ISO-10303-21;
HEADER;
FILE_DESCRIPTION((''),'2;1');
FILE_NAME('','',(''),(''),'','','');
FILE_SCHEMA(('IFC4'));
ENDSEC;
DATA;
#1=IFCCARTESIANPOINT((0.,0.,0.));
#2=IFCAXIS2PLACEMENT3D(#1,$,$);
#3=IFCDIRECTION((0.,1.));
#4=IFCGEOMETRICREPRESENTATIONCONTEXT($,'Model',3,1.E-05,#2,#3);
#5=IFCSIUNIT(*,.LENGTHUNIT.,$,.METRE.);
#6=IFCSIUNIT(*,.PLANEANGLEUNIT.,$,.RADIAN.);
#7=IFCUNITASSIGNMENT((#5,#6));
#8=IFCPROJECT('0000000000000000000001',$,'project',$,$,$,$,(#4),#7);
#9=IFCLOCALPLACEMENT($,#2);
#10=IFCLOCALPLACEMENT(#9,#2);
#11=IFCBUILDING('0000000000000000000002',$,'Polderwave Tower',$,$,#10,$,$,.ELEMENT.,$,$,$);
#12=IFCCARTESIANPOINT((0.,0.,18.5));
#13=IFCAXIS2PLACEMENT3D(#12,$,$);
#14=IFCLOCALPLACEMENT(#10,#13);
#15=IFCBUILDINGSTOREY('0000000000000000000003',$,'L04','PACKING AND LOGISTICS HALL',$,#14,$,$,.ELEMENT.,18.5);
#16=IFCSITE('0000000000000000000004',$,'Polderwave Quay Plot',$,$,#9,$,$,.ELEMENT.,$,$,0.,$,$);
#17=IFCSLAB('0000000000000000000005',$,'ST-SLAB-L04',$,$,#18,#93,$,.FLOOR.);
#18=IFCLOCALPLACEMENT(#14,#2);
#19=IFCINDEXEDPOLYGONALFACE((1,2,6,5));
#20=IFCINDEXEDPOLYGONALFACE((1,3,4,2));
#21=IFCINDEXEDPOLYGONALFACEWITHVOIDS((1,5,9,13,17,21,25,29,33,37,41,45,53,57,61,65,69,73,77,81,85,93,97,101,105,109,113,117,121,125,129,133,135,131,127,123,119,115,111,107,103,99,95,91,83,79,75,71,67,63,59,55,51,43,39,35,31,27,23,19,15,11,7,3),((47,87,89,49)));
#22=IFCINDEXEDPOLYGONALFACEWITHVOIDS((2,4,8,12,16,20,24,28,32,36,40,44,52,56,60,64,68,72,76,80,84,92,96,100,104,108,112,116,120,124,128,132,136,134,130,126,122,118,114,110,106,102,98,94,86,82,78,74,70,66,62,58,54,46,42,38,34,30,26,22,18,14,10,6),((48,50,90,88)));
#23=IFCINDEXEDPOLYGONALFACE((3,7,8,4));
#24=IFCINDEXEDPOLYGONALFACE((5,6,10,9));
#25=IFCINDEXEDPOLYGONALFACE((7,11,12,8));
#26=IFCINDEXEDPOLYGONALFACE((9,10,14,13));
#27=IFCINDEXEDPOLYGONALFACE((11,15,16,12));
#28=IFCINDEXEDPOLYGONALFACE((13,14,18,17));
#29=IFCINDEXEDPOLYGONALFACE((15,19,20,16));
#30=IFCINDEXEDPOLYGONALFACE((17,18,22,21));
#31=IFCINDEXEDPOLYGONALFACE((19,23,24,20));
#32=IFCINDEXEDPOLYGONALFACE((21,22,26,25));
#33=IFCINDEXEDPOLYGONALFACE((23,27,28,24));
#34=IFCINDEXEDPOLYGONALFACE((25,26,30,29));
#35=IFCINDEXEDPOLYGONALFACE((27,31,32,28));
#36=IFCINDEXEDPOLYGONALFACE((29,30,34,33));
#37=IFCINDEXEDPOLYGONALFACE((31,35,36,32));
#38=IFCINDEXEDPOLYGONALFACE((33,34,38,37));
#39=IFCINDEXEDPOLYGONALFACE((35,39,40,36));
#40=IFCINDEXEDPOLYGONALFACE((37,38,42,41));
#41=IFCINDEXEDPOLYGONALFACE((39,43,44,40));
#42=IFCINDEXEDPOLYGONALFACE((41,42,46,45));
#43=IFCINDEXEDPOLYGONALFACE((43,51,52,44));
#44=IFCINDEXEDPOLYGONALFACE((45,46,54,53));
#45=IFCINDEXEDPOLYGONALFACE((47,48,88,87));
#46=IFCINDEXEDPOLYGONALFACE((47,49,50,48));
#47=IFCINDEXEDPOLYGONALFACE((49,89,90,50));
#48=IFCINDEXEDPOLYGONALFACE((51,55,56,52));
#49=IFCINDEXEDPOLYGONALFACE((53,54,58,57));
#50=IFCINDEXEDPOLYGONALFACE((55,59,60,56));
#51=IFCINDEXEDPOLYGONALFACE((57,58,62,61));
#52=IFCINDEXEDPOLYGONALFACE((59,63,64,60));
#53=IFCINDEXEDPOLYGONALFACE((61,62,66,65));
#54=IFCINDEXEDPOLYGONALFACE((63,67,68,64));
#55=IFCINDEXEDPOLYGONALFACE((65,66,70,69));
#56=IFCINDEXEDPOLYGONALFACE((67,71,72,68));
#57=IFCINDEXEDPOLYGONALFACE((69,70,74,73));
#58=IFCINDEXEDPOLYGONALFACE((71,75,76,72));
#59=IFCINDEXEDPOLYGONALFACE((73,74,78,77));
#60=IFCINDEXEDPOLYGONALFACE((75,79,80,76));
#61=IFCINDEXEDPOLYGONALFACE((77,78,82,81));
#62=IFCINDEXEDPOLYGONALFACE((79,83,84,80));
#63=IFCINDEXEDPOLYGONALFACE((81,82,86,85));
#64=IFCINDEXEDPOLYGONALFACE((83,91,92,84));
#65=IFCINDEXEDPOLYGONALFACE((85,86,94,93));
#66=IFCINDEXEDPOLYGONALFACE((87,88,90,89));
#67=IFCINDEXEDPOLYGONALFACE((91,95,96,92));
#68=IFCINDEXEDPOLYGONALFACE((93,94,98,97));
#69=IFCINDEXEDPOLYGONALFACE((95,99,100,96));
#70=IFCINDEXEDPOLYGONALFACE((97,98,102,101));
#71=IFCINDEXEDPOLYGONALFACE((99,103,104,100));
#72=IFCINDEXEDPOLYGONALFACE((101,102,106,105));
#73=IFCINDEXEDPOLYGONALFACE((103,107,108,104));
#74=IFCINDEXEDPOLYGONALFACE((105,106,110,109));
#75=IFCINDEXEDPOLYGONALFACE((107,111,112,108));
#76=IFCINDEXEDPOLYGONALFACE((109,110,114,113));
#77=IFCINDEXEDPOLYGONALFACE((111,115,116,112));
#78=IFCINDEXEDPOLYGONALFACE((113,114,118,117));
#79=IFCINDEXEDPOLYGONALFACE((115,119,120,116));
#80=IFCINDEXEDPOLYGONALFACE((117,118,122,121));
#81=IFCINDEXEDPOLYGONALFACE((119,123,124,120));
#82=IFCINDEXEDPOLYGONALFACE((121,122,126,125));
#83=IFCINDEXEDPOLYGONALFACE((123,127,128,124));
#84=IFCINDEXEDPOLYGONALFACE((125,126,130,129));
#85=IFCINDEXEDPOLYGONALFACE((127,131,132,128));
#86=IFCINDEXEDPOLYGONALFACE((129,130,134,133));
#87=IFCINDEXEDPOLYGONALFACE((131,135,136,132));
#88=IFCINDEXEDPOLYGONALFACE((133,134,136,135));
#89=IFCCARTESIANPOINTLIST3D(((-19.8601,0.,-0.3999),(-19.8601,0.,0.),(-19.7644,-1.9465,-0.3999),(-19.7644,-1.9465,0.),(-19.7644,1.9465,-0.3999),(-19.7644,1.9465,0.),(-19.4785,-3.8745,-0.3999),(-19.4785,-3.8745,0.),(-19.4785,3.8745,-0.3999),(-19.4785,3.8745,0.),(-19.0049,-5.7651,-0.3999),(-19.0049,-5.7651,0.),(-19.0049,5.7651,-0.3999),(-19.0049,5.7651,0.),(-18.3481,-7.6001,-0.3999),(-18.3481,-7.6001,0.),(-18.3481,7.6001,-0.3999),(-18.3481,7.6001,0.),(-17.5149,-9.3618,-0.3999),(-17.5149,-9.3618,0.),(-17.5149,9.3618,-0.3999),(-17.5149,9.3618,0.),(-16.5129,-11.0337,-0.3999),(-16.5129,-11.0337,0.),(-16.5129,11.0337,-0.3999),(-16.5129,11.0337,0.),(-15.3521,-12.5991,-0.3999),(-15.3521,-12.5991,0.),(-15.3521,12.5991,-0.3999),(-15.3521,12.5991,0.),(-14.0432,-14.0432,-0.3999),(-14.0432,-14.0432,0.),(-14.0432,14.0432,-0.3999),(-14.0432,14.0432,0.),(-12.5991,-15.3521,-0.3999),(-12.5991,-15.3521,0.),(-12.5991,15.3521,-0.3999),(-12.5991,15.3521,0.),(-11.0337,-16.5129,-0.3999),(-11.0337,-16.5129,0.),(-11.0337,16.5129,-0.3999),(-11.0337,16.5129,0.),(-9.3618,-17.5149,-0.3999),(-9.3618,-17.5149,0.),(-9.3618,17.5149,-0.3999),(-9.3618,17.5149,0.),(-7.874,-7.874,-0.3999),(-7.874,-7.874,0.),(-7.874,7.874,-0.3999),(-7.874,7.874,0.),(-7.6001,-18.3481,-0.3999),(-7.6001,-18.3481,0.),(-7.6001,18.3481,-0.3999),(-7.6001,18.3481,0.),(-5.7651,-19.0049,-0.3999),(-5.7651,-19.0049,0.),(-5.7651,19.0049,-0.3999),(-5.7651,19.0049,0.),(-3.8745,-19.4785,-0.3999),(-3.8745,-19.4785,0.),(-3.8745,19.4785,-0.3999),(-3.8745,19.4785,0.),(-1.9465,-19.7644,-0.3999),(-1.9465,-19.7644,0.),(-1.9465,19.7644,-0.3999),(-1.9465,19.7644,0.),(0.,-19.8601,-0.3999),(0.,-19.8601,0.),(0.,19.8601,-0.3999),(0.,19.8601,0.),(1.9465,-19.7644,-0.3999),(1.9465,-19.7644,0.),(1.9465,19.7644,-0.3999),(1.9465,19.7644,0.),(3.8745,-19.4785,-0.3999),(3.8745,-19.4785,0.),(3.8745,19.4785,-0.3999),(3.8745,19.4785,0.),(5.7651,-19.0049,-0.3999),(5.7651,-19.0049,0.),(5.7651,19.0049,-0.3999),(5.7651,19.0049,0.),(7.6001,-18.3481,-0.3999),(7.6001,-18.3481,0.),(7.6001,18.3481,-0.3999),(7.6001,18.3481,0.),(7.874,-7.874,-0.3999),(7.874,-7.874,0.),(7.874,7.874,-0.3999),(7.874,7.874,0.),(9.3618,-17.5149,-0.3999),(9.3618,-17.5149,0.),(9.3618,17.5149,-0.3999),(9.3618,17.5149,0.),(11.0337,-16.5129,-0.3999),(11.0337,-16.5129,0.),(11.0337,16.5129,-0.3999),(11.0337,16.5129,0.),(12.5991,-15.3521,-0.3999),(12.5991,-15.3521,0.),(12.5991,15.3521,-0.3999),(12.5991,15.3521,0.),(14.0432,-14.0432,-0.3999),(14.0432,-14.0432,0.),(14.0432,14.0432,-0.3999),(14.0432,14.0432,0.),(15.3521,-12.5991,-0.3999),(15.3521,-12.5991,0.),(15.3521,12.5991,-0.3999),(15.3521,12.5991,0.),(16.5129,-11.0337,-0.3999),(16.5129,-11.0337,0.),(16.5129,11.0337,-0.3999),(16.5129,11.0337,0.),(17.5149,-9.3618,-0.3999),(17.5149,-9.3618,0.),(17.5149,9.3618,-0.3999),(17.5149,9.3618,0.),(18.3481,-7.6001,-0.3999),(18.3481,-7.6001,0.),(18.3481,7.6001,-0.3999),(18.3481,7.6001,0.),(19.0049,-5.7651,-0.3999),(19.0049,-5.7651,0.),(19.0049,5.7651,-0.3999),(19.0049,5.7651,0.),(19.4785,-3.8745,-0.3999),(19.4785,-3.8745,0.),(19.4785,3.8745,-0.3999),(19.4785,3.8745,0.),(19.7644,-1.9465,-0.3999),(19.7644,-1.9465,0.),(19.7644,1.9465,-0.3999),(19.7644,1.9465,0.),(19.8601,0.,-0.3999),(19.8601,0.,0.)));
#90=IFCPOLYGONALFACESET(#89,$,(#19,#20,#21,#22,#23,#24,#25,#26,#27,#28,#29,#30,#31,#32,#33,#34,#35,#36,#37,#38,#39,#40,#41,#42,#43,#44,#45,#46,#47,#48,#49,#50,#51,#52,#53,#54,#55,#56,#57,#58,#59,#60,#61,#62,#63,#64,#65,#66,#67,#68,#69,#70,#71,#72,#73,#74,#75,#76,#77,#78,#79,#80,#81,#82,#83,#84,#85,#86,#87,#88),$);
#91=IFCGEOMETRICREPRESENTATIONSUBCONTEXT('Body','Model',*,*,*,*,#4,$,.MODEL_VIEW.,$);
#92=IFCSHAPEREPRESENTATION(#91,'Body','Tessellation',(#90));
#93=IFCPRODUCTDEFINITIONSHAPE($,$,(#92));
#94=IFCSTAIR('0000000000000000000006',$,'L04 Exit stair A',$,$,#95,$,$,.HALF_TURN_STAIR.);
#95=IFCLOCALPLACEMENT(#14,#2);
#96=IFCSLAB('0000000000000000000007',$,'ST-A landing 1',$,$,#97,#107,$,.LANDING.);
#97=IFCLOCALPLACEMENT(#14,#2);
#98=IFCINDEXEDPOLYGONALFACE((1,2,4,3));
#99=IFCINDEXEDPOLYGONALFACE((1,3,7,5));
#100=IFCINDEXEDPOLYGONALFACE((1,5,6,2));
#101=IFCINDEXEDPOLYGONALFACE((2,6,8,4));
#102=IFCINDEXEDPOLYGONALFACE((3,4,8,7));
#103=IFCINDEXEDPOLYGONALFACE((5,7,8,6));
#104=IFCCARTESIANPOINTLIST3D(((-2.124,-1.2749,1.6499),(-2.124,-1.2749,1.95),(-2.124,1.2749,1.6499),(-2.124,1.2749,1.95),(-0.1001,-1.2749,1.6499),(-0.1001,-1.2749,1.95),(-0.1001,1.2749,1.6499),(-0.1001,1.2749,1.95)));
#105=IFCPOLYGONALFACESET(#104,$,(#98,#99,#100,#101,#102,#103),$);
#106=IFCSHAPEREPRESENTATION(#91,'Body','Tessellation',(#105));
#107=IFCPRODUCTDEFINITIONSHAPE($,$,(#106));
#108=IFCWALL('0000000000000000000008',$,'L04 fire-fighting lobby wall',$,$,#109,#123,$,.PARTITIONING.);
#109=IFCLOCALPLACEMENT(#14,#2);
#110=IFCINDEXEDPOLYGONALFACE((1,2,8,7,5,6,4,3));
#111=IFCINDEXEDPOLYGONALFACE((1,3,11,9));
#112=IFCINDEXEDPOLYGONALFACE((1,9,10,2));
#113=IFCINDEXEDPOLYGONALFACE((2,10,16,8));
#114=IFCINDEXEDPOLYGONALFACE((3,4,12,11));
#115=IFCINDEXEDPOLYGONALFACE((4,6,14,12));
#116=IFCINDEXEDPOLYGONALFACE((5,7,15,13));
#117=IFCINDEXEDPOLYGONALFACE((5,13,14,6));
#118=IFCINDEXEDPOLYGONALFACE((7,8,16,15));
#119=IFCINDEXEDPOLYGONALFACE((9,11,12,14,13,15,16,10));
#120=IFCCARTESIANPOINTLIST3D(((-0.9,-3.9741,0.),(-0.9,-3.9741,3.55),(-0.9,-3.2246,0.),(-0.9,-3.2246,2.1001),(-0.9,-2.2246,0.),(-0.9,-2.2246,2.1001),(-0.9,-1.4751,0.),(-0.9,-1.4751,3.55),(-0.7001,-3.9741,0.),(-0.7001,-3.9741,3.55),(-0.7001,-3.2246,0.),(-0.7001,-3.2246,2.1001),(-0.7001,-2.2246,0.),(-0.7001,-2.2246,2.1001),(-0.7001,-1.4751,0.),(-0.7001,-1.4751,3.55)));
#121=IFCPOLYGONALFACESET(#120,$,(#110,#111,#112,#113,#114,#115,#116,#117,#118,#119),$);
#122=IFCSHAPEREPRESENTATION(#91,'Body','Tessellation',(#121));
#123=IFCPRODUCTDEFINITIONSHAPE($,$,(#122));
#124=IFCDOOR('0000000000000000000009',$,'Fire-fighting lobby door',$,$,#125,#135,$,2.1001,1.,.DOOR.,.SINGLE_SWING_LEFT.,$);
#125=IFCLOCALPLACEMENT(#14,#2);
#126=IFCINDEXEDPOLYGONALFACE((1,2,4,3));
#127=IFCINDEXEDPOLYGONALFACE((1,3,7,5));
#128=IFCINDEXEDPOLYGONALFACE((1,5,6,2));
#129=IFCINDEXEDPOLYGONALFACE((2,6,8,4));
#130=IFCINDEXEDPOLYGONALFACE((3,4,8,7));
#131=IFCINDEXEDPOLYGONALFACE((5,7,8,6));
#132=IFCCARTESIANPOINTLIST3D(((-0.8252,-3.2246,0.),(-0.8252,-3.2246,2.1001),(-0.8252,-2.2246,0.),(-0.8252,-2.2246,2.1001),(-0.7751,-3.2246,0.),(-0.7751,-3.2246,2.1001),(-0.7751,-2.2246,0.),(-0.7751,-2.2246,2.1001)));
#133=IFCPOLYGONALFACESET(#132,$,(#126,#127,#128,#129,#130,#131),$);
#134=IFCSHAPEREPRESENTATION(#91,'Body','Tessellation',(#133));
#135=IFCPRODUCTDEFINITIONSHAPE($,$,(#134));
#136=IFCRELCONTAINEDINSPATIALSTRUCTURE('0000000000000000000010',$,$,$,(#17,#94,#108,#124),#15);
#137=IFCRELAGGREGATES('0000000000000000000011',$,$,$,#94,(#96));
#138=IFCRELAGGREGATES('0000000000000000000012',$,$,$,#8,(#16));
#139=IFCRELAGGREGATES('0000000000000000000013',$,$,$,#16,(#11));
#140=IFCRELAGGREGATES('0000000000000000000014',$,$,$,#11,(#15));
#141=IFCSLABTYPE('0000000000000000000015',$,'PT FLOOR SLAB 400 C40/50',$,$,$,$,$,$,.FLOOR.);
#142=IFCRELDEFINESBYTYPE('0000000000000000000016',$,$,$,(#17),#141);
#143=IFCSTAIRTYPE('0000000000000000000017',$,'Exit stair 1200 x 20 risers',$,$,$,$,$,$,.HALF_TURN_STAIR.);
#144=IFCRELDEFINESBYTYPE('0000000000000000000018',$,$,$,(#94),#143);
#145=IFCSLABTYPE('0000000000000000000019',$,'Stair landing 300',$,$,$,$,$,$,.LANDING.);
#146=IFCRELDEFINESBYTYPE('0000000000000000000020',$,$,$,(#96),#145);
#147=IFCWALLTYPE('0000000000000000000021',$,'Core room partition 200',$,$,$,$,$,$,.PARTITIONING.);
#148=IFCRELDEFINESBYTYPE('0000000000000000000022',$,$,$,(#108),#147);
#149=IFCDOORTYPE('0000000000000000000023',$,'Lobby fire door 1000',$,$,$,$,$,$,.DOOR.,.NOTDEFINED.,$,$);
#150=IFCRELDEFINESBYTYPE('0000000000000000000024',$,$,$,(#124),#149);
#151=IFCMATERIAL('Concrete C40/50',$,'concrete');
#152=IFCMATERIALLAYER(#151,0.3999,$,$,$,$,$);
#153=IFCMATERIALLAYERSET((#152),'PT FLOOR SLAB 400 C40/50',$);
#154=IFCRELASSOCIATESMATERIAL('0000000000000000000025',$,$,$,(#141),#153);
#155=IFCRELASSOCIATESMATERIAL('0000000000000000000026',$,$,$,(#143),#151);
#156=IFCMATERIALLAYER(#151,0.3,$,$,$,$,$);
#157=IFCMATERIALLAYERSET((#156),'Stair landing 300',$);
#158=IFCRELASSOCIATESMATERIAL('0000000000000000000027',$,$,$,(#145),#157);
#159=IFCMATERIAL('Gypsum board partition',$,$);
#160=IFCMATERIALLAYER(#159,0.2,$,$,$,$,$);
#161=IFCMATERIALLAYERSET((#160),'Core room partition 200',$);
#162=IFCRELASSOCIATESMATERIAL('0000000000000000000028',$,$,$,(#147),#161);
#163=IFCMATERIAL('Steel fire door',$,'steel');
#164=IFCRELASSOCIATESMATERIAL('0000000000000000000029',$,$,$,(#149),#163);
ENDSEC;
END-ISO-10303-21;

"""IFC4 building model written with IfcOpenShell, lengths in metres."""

from ifc_helpers import new_model, si_unit, direction, frame, frame_2d, origin, place, context, subcontext, project, spatial, polyline, rectangle, outline, extrude, material, layer, layer_set, type_object, element, fill, aggregate, save


model = new_model("IFC4")

# Units and contexts
model_context = context("Model", 3, precision=1e-05, world=origin(), true_north=direction((0.0, 1.0)))
body_context = subcontext(model_context, "Body", "Model", "MODEL_VIEW")
ifc_project = project(units=[si_unit("LENGTHUNIT", "METRE"), si_unit("PLANEANGLEUNIT", "RADIAN")], contexts=[model_context])

# Site, building, storey
site_placement = place(None, origin())
site = spatial("IfcSite", under=ifc_project, at=site_placement, Name="Polderwave Quay Plot", CompositionType="ELEMENT", RefElevation=0.0)
building_placement = place(site_placement, origin())
building = spatial("IfcBuilding", under=site, at=building_placement, Name="Polderwave Tower", CompositionType="ELEMENT")
storey_placement = place(building_placement, frame((0.0, 0.0, 18.5)))
storey = spatial("IfcBuildingStorey", under=building, at=storey_placement, Name="L04", Description="PACKING AND LOGISTICS HALL", CompositionType="ELEMENT", Elevation=18.5)

# Slab
ifc_material_1 = material(Name="Concrete C40/50", Category="concrete")
ifc_layer_1 = layer(ifc_material_1, 0.3999)
ifc_layer_set_1 = layer_set([ifc_layer_1], Name="PT FLOOR SLAB 400 C40/50")
slab_type_1 = type_object("IfcSlabType", Name="PT FLOOR SLAB 400 C40/50", PredefinedType="FLOOR", material=ifc_layer_set_1)
slab_1_placement = place(storey_placement, frame((0.0, 0.0, -0.3999)))
element("IfcSlab", 1, at=slab_1_placement, inside=storey, type_object=slab_type_1, Name="ST-SLAB-L04", PredefinedType="FLOOR", context=body_context, shape_type="SweptSolid", body=[
    extrude(outline(polyline([(19.8601, 0.0), (19.7644, 1.9465), (19.4785, 3.8745), (19.0049, 5.7651), (18.3481, 7.6001), (17.5149, 9.3618), (16.5129, 11.0337), (15.3521, 12.5991), (14.0432, 14.0432), (12.5991, 15.3521), (11.0337, 16.5129), (9.3618, 17.5149), (7.6001, 18.3481), (5.7651, 19.0049), (3.8745, 19.4785), (1.9465, 19.7644), (0.0, 19.8601), (-1.9465, 19.7644), (-3.8745, 19.4785), (-5.7651, 19.0049), (-7.6001, 18.3481), (-9.3618, 17.5149), (-11.0337, 16.5129), (-12.5991, 15.3521), (-14.0432, 14.0432), (-15.3521, 12.5991), (-16.5129, 11.0337), (-17.5149, 9.3618), (-18.3481, 7.6001), (-19.0049, 5.7651), (-19.4785, 3.8745), (-19.7644, 1.9465), (-19.8601, 0.0), (-19.7644, -1.9465), (-19.4785, -3.8745), (-19.0049, -5.7651), (-18.3481, -7.6001), (-17.5149, -9.3618), (-16.5129, -11.0337), (-15.3521, -12.5991), (-14.0432, -14.0432), (-12.5991, -15.3521), (-11.0337, -16.5129), (-9.3618, -17.5149), (-7.6001, -18.3481), (-5.7651, -19.0049), (-3.8745, -19.4785), (-1.9465, -19.7644), (0.0, -19.8601), (1.9465, -19.7644), (3.8745, -19.4785), (5.7651, -19.0049), (7.6001, -18.3481), (9.3618, -17.5149), (11.0337, -16.5129), (12.5991, -15.3521), (14.0432, -14.0432), (15.3521, -12.5991), (16.5129, -11.0337), (17.5149, -9.3618), (18.3481, -7.6001), (19.0049, -5.7651), (19.4785, -3.8745), (19.7644, -1.9465), (19.8601, 0.0)]), holes=[polyline([(-7.874, -7.874), (7.874, -7.874), (7.874, 7.874), (-7.874, 7.874), (-7.874, -7.874)])]), origin(), (0.0, 0.0, 1.0), 0.3999),
])

# Stair, slab
stair_type = type_object("IfcStairType", Name="Exit stair 1200 x 20 risers", PredefinedType="HALF_TURN_STAIR", material=ifc_material_1)
stair_placement = place(storey_placement, origin())
stair = element("IfcStair", 2, at=stair_placement, inside=storey, type_object=stair_type, Name="L04 Exit stair A", PredefinedType="HALF_TURN_STAIR")
ifc_layer_2 = layer(ifc_material_1, 0.3)
ifc_layer_set_2 = layer_set([ifc_layer_2], Name="Stair landing 300")
slab_type_2 = type_object("IfcSlabType", Name="Stair landing 300", PredefinedType="LANDING", material=ifc_layer_set_2)
slab_2_placement = place(storey_placement, frame((0.0, 0.0, 1.6499)))
slab_2 = element("IfcSlab", 3, at=slab_2_placement, type_object=slab_type_2, Name="ST-A landing 1", PredefinedType="LANDING", context=body_context, shape_type="SweptSolid", body=[
    extrude(outline(polyline([(-2.124, -1.2749), (-0.1001, -1.2749), (-0.1001, 1.2749), (-2.124, 1.2749), (-2.124, -1.2749)])), origin(), (0.0, 0.0, 1.0), 0.3),
])

# Wall, opening, door
ifc_material_2 = material(Name="Gypsum board partition")
ifc_layer_3 = layer(ifc_material_2, 0.2)
ifc_layer_set_3 = layer_set([ifc_layer_3], Name="Core room partition 200")
wall_type_1 = type_object("IfcWallType", Name="Core room partition 200", PredefinedType="PARTITIONING", material=ifc_layer_set_3)
wall_1_placement = place(storey_placement, frame((-0.8, -3.9741, 0.0), z_axis=(0.0, 0.0, 1.0), x_axis=(0.0, 1.0, 0.0)))
wall_1 = element("IfcWall", 4, at=wall_1_placement, inside=storey, type_object=wall_type_1, Name="L04 fire-fighting lobby wall", PredefinedType="PARTITIONING", context=body_context, shape_type="SweptSolid", body=[
    extrude(rectangle(XDim=2.499, YDim=0.2, at=frame_2d((1.2495, 0.0))), origin(), (0.0, 0.0, 1.0), 3.55),
])
opening_1_placement = place(wall_1_placement, frame((0.7495, 0.0, 0.0)))
opening_1 = element("IfcOpeningElement", 5, at=opening_1_placement, cuts=wall_1, PredefinedType="OPENING", context=body_context, shape_type="SweptSolid", body=[
    extrude(rectangle(XDim=1.0, YDim=2.1001, at=frame_2d((0.5, 1.05))), frame((0.0, 0.1099, 0.0), z_axis=(0.0, -1.0, 0.0), x_axis=(1.0, 0.0, 0.0)), (0.0, 0.0, 1.0), 0.22),
])
ifc_material_3 = material(Name="Steel fire door", Category="steel")
door_type_1 = type_object("IfcDoorType", Name="Lobby fire door 1000", OperationType="NOTDEFINED", PredefinedType="DOOR", material=ifc_material_3)
door_1_placement = place(opening_1_placement, frame((1.0, 0.0, 0.0), z_axis=(0.0, 0.0, 1.0), x_axis=(-1.0, 0.0, 0.0)))
door_1 = element("IfcDoor", 6, at=door_1_placement, inside=storey, type_object=door_type_1, Name="Fire-fighting lobby door", OperationType="SINGLE_SWING_LEFT", OverallHeight=2.1001, OverallWidth=1.0, PredefinedType="DOOR", context=body_context, shape_type="SweptSolid", body=[
    extrude(rectangle(XDim=1.0, YDim=2.1001, at=frame_2d((0.5, 1.05))), frame((0.0, 0.0249, 0.0), z_axis=(0.0, -1.0, 0.0), x_axis=(1.0, 0.0, 0.0)), (0.0, 0.0, 1.0), 0.05),
])
fill(opening_1, door_1)

aggregate(stair, [slab_2])

save(model, "model.ifc")
